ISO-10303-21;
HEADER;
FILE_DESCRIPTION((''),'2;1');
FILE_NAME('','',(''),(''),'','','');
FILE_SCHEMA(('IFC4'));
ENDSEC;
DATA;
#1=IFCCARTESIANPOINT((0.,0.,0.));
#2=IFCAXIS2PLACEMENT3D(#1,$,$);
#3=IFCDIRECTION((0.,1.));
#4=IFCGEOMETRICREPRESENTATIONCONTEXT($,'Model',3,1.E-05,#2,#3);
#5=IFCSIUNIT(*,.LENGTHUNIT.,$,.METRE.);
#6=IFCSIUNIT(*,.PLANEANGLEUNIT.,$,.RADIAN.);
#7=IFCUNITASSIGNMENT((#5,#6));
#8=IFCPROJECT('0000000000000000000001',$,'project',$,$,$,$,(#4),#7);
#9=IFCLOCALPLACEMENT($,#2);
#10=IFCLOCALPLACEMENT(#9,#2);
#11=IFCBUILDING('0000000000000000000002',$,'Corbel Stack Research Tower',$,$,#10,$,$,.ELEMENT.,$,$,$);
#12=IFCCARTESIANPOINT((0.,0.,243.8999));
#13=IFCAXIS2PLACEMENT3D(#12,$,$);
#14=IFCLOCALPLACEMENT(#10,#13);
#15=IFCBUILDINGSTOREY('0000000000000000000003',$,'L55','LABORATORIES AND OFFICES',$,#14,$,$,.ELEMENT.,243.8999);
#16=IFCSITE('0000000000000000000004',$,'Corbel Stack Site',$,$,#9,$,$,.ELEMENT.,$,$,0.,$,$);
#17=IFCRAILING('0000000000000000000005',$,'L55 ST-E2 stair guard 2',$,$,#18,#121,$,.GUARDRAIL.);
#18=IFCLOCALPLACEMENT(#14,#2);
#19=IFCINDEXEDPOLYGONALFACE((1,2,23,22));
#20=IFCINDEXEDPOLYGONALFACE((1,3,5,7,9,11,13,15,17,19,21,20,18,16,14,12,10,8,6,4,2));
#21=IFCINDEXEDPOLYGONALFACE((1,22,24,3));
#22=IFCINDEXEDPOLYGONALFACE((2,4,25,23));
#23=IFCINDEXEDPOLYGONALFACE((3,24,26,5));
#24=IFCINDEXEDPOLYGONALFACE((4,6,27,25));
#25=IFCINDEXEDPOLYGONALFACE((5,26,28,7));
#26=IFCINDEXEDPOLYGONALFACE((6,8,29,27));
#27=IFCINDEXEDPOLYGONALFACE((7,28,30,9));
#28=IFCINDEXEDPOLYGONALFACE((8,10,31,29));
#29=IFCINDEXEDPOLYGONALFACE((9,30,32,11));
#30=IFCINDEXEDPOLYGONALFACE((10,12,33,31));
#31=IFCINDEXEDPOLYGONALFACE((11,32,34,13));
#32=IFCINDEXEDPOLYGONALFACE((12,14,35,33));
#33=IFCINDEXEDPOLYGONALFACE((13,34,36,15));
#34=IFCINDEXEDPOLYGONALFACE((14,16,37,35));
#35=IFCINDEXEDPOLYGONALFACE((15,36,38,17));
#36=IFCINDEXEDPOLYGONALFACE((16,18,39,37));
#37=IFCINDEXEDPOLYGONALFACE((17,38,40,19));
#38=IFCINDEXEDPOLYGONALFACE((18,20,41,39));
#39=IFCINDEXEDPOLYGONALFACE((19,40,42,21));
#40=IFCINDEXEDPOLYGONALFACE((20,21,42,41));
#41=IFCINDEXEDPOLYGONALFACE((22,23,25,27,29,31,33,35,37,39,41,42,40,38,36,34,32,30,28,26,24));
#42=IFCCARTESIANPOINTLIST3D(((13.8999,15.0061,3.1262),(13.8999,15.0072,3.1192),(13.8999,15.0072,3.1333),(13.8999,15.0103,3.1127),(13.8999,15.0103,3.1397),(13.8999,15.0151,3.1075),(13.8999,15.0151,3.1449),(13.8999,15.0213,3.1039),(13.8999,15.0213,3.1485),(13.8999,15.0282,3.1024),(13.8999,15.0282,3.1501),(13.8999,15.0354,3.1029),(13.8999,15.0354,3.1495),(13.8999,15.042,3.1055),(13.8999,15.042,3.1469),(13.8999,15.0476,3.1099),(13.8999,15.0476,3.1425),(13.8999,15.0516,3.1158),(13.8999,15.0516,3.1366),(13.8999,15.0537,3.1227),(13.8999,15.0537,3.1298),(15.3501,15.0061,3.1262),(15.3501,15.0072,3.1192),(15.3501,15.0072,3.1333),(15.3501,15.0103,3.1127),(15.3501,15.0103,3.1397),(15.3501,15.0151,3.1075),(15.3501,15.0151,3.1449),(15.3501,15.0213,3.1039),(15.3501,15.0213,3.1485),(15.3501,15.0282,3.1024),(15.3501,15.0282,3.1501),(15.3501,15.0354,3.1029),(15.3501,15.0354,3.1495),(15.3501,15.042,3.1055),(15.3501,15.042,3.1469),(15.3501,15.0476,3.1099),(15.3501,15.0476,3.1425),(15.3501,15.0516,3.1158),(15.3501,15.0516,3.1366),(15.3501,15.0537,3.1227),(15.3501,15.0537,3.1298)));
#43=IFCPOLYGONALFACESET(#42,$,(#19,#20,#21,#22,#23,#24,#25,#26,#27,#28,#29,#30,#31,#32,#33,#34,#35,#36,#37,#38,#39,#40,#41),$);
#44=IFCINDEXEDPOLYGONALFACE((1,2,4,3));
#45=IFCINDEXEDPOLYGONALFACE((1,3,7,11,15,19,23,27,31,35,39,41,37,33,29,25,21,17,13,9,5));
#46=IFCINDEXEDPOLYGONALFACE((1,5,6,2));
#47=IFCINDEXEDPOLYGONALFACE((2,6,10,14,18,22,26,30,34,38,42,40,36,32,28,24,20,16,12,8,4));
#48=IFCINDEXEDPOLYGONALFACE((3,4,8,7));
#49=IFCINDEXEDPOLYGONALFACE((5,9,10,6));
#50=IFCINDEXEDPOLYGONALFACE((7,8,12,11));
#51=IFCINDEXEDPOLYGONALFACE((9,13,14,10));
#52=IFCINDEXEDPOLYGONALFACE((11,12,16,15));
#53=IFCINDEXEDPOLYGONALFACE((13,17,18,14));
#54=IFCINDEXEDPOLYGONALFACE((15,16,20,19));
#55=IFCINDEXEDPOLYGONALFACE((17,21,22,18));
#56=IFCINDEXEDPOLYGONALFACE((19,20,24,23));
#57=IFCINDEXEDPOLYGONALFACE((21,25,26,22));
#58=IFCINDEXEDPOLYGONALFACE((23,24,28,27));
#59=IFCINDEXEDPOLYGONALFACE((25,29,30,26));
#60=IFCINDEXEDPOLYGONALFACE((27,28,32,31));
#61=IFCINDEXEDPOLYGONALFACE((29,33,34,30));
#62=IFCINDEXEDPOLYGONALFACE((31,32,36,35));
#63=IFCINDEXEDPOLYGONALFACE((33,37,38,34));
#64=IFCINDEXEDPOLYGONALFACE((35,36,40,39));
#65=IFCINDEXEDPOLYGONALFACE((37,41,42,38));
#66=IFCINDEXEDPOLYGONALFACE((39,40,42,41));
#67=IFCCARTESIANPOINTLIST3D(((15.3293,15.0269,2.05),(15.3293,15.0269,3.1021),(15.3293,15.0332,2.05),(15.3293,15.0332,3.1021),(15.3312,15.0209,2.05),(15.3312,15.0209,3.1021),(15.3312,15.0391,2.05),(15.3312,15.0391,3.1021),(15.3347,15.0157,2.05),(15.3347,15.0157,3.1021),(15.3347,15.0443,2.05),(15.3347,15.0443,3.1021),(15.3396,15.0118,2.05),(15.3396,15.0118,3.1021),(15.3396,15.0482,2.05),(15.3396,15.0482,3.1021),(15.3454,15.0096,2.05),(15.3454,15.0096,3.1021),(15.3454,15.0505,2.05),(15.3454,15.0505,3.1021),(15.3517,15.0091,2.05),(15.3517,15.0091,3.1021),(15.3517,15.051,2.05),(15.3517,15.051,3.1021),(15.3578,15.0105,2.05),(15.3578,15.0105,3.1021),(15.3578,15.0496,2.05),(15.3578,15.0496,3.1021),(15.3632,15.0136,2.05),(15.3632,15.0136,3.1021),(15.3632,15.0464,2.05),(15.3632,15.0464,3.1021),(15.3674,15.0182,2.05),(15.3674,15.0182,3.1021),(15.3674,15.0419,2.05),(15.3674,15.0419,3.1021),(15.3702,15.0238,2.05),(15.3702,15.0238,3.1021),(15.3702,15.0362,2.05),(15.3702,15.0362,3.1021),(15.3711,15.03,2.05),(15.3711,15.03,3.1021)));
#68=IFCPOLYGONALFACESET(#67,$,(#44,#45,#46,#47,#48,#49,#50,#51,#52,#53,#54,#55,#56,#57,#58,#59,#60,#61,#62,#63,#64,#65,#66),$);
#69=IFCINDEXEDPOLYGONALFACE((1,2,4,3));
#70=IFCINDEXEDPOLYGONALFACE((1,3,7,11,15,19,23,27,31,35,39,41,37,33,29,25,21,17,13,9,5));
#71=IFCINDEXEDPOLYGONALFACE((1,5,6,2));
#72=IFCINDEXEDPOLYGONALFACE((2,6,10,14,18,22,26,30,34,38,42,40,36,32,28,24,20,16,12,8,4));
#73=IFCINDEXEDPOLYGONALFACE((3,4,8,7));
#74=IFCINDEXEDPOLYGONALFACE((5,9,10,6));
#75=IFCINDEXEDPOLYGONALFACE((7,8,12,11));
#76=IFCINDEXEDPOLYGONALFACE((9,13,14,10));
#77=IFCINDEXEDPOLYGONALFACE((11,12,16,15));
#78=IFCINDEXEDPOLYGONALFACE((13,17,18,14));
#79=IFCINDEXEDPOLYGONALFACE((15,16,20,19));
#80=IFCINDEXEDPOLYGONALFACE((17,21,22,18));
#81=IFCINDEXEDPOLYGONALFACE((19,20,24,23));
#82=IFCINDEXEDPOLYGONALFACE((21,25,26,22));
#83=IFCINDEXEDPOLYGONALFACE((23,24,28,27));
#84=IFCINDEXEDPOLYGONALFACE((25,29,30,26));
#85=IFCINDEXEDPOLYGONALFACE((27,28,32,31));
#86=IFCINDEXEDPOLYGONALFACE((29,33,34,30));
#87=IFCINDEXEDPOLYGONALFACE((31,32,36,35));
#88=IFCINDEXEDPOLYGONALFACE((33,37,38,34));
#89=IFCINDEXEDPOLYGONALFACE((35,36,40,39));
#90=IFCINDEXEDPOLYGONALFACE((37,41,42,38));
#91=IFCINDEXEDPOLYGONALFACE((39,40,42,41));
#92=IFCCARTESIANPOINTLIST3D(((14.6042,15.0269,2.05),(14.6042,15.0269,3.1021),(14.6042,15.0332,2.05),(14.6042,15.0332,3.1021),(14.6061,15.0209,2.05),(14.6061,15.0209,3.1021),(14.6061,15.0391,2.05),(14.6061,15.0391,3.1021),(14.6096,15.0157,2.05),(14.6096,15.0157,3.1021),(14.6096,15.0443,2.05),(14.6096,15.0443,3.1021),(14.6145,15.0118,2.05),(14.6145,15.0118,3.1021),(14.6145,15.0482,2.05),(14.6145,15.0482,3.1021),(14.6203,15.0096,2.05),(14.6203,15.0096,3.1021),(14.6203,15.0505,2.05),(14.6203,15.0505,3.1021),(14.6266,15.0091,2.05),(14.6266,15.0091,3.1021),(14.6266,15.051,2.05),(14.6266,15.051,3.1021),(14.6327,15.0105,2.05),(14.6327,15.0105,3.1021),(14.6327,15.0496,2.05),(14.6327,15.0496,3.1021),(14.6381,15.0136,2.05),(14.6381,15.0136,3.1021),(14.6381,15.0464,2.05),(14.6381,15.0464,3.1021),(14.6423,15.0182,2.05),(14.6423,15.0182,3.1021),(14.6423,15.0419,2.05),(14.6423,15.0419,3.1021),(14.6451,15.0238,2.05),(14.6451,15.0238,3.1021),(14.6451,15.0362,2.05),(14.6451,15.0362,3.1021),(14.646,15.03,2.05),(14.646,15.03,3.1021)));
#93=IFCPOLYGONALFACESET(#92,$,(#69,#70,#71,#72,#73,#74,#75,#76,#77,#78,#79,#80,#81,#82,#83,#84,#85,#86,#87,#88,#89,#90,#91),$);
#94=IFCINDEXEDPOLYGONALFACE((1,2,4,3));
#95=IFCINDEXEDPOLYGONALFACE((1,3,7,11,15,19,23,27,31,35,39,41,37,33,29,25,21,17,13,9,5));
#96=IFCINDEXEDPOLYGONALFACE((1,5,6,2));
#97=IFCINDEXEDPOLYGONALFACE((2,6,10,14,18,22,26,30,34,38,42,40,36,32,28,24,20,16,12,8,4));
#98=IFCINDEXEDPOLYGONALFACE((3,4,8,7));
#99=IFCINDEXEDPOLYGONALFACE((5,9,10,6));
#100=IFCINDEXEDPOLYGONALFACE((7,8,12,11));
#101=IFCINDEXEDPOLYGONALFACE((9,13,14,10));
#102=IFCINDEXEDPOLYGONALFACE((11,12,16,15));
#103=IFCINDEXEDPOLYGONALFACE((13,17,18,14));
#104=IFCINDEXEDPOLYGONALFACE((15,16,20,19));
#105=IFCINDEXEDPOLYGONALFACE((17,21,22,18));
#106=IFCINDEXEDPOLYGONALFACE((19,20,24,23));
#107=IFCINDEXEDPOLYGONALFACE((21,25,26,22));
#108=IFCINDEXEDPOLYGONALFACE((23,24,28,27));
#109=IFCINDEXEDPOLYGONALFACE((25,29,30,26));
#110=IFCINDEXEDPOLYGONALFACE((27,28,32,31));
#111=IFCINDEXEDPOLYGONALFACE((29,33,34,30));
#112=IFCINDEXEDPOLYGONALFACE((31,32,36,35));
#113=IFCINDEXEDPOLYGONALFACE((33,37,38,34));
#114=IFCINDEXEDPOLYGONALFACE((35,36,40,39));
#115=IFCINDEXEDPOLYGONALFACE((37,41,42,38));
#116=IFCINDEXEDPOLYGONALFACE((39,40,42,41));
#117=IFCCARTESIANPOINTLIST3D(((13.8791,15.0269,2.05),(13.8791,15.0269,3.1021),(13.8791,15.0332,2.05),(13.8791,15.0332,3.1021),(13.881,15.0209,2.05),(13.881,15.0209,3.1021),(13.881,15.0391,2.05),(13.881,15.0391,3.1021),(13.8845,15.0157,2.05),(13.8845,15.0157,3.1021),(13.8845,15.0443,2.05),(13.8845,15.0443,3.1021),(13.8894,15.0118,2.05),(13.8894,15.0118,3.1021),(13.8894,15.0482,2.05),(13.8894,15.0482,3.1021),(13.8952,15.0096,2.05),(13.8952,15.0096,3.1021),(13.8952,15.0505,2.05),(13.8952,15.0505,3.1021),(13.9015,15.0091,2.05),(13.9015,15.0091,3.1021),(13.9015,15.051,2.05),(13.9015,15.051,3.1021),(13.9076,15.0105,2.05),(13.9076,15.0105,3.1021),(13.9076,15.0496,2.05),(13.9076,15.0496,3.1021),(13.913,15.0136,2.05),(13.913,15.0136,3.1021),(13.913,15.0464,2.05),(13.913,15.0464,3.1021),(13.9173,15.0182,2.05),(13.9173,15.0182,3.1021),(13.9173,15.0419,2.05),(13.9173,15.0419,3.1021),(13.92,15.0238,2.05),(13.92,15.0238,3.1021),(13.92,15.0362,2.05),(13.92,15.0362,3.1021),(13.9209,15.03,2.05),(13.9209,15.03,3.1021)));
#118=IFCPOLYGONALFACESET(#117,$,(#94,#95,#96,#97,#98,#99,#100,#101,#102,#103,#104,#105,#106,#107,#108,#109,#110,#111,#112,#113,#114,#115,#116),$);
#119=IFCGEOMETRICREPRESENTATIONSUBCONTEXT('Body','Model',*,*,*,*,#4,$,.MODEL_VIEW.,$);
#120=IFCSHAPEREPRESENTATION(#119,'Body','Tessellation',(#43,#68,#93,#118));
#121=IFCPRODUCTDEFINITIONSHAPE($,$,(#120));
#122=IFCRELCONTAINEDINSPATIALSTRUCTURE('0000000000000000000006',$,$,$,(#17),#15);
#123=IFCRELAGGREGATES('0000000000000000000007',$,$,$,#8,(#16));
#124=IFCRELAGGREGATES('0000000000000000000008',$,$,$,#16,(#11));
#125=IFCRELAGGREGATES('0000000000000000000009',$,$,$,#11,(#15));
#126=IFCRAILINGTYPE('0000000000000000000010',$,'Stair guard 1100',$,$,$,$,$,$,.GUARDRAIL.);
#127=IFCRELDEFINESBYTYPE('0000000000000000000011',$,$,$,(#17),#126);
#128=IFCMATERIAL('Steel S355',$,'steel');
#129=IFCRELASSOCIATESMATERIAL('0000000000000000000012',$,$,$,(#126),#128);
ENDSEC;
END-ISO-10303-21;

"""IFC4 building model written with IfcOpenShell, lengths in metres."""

from ifc_helpers import new_model, si_unit, direction, frame, origin, origin_2d, place, context, subcontext, project, spatial, circle, extrude, material, type_object, element, save


model = new_model("IFC4")

# Units and contexts
model_context = context("Model", 3, precision=1e-05, world=origin(), true_north=direction((0.0, 1.0)))
body_context = subcontext(model_context, "Body", "Model", "MODEL_VIEW")
ifc_project = project(units=[si_unit("LENGTHUNIT", "METRE"), si_unit("PLANEANGLEUNIT", "RADIAN")], contexts=[model_context])

# Site, building, storey
site_placement = place(None, origin())
site = spatial("IfcSite", under=ifc_project, at=site_placement, Name="Corbel Stack Site", CompositionType="ELEMENT", RefElevation=0.0)
building_placement = place(site_placement, origin())
building = spatial("IfcBuilding", under=site, at=building_placement, Name="Corbel Stack Research Tower", CompositionType="ELEMENT")
storey_placement = place(building_placement, frame((0.0, 0.0, 243.8999)))
storey = spatial("IfcBuildingStorey", under=building, at=storey_placement, Name="L55", Description="LABORATORIES AND OFFICES", CompositionType="ELEMENT", Elevation=243.8999)

# Railing
ifc_material_1 = material(Name="Steel S355", Category="steel")
railing_type_1 = type_object("IfcRailingType", Name="Stair guard 1100", PredefinedType="GUARDRAIL", material=ifc_material_1)
railing_1_placement = place(storey_placement, frame((15.3501, 15.03, 2.05)))
element("IfcRailing", 1, at=railing_1_placement, inside=storey, type_object=railing_type_1, Name="L55 ST-E2 stair guard 2", PredefinedType="GUARDRAIL", context=body_context, shape_type="SweptSolid", body=[
    extrude(circle(Radius=0.0239, at=origin_2d()), frame((0.0, 0.0, 1.0762), z_axis=(-1.0, 0.0, 0.0), x_axis=(0.0, -1.0, 0.0)), (0.0, 0.0, 1.0), 1.4502),
    extrude(circle(Radius=0.021, at=origin_2d()), origin(), (0.0, 0.0, 1.0), 1.052),
    extrude(circle(Radius=0.021, at=origin_2d()), frame((-0.7251, 0.0, 0.0)), (0.0, 0.0, 1.0), 1.052),
    extrude(circle(Radius=0.021, at=origin_2d()), frame((-1.4502, 0.0, 0.0)), (0.0, 0.0, 1.0), 1.052),
])

save(model, "model.ifc")
